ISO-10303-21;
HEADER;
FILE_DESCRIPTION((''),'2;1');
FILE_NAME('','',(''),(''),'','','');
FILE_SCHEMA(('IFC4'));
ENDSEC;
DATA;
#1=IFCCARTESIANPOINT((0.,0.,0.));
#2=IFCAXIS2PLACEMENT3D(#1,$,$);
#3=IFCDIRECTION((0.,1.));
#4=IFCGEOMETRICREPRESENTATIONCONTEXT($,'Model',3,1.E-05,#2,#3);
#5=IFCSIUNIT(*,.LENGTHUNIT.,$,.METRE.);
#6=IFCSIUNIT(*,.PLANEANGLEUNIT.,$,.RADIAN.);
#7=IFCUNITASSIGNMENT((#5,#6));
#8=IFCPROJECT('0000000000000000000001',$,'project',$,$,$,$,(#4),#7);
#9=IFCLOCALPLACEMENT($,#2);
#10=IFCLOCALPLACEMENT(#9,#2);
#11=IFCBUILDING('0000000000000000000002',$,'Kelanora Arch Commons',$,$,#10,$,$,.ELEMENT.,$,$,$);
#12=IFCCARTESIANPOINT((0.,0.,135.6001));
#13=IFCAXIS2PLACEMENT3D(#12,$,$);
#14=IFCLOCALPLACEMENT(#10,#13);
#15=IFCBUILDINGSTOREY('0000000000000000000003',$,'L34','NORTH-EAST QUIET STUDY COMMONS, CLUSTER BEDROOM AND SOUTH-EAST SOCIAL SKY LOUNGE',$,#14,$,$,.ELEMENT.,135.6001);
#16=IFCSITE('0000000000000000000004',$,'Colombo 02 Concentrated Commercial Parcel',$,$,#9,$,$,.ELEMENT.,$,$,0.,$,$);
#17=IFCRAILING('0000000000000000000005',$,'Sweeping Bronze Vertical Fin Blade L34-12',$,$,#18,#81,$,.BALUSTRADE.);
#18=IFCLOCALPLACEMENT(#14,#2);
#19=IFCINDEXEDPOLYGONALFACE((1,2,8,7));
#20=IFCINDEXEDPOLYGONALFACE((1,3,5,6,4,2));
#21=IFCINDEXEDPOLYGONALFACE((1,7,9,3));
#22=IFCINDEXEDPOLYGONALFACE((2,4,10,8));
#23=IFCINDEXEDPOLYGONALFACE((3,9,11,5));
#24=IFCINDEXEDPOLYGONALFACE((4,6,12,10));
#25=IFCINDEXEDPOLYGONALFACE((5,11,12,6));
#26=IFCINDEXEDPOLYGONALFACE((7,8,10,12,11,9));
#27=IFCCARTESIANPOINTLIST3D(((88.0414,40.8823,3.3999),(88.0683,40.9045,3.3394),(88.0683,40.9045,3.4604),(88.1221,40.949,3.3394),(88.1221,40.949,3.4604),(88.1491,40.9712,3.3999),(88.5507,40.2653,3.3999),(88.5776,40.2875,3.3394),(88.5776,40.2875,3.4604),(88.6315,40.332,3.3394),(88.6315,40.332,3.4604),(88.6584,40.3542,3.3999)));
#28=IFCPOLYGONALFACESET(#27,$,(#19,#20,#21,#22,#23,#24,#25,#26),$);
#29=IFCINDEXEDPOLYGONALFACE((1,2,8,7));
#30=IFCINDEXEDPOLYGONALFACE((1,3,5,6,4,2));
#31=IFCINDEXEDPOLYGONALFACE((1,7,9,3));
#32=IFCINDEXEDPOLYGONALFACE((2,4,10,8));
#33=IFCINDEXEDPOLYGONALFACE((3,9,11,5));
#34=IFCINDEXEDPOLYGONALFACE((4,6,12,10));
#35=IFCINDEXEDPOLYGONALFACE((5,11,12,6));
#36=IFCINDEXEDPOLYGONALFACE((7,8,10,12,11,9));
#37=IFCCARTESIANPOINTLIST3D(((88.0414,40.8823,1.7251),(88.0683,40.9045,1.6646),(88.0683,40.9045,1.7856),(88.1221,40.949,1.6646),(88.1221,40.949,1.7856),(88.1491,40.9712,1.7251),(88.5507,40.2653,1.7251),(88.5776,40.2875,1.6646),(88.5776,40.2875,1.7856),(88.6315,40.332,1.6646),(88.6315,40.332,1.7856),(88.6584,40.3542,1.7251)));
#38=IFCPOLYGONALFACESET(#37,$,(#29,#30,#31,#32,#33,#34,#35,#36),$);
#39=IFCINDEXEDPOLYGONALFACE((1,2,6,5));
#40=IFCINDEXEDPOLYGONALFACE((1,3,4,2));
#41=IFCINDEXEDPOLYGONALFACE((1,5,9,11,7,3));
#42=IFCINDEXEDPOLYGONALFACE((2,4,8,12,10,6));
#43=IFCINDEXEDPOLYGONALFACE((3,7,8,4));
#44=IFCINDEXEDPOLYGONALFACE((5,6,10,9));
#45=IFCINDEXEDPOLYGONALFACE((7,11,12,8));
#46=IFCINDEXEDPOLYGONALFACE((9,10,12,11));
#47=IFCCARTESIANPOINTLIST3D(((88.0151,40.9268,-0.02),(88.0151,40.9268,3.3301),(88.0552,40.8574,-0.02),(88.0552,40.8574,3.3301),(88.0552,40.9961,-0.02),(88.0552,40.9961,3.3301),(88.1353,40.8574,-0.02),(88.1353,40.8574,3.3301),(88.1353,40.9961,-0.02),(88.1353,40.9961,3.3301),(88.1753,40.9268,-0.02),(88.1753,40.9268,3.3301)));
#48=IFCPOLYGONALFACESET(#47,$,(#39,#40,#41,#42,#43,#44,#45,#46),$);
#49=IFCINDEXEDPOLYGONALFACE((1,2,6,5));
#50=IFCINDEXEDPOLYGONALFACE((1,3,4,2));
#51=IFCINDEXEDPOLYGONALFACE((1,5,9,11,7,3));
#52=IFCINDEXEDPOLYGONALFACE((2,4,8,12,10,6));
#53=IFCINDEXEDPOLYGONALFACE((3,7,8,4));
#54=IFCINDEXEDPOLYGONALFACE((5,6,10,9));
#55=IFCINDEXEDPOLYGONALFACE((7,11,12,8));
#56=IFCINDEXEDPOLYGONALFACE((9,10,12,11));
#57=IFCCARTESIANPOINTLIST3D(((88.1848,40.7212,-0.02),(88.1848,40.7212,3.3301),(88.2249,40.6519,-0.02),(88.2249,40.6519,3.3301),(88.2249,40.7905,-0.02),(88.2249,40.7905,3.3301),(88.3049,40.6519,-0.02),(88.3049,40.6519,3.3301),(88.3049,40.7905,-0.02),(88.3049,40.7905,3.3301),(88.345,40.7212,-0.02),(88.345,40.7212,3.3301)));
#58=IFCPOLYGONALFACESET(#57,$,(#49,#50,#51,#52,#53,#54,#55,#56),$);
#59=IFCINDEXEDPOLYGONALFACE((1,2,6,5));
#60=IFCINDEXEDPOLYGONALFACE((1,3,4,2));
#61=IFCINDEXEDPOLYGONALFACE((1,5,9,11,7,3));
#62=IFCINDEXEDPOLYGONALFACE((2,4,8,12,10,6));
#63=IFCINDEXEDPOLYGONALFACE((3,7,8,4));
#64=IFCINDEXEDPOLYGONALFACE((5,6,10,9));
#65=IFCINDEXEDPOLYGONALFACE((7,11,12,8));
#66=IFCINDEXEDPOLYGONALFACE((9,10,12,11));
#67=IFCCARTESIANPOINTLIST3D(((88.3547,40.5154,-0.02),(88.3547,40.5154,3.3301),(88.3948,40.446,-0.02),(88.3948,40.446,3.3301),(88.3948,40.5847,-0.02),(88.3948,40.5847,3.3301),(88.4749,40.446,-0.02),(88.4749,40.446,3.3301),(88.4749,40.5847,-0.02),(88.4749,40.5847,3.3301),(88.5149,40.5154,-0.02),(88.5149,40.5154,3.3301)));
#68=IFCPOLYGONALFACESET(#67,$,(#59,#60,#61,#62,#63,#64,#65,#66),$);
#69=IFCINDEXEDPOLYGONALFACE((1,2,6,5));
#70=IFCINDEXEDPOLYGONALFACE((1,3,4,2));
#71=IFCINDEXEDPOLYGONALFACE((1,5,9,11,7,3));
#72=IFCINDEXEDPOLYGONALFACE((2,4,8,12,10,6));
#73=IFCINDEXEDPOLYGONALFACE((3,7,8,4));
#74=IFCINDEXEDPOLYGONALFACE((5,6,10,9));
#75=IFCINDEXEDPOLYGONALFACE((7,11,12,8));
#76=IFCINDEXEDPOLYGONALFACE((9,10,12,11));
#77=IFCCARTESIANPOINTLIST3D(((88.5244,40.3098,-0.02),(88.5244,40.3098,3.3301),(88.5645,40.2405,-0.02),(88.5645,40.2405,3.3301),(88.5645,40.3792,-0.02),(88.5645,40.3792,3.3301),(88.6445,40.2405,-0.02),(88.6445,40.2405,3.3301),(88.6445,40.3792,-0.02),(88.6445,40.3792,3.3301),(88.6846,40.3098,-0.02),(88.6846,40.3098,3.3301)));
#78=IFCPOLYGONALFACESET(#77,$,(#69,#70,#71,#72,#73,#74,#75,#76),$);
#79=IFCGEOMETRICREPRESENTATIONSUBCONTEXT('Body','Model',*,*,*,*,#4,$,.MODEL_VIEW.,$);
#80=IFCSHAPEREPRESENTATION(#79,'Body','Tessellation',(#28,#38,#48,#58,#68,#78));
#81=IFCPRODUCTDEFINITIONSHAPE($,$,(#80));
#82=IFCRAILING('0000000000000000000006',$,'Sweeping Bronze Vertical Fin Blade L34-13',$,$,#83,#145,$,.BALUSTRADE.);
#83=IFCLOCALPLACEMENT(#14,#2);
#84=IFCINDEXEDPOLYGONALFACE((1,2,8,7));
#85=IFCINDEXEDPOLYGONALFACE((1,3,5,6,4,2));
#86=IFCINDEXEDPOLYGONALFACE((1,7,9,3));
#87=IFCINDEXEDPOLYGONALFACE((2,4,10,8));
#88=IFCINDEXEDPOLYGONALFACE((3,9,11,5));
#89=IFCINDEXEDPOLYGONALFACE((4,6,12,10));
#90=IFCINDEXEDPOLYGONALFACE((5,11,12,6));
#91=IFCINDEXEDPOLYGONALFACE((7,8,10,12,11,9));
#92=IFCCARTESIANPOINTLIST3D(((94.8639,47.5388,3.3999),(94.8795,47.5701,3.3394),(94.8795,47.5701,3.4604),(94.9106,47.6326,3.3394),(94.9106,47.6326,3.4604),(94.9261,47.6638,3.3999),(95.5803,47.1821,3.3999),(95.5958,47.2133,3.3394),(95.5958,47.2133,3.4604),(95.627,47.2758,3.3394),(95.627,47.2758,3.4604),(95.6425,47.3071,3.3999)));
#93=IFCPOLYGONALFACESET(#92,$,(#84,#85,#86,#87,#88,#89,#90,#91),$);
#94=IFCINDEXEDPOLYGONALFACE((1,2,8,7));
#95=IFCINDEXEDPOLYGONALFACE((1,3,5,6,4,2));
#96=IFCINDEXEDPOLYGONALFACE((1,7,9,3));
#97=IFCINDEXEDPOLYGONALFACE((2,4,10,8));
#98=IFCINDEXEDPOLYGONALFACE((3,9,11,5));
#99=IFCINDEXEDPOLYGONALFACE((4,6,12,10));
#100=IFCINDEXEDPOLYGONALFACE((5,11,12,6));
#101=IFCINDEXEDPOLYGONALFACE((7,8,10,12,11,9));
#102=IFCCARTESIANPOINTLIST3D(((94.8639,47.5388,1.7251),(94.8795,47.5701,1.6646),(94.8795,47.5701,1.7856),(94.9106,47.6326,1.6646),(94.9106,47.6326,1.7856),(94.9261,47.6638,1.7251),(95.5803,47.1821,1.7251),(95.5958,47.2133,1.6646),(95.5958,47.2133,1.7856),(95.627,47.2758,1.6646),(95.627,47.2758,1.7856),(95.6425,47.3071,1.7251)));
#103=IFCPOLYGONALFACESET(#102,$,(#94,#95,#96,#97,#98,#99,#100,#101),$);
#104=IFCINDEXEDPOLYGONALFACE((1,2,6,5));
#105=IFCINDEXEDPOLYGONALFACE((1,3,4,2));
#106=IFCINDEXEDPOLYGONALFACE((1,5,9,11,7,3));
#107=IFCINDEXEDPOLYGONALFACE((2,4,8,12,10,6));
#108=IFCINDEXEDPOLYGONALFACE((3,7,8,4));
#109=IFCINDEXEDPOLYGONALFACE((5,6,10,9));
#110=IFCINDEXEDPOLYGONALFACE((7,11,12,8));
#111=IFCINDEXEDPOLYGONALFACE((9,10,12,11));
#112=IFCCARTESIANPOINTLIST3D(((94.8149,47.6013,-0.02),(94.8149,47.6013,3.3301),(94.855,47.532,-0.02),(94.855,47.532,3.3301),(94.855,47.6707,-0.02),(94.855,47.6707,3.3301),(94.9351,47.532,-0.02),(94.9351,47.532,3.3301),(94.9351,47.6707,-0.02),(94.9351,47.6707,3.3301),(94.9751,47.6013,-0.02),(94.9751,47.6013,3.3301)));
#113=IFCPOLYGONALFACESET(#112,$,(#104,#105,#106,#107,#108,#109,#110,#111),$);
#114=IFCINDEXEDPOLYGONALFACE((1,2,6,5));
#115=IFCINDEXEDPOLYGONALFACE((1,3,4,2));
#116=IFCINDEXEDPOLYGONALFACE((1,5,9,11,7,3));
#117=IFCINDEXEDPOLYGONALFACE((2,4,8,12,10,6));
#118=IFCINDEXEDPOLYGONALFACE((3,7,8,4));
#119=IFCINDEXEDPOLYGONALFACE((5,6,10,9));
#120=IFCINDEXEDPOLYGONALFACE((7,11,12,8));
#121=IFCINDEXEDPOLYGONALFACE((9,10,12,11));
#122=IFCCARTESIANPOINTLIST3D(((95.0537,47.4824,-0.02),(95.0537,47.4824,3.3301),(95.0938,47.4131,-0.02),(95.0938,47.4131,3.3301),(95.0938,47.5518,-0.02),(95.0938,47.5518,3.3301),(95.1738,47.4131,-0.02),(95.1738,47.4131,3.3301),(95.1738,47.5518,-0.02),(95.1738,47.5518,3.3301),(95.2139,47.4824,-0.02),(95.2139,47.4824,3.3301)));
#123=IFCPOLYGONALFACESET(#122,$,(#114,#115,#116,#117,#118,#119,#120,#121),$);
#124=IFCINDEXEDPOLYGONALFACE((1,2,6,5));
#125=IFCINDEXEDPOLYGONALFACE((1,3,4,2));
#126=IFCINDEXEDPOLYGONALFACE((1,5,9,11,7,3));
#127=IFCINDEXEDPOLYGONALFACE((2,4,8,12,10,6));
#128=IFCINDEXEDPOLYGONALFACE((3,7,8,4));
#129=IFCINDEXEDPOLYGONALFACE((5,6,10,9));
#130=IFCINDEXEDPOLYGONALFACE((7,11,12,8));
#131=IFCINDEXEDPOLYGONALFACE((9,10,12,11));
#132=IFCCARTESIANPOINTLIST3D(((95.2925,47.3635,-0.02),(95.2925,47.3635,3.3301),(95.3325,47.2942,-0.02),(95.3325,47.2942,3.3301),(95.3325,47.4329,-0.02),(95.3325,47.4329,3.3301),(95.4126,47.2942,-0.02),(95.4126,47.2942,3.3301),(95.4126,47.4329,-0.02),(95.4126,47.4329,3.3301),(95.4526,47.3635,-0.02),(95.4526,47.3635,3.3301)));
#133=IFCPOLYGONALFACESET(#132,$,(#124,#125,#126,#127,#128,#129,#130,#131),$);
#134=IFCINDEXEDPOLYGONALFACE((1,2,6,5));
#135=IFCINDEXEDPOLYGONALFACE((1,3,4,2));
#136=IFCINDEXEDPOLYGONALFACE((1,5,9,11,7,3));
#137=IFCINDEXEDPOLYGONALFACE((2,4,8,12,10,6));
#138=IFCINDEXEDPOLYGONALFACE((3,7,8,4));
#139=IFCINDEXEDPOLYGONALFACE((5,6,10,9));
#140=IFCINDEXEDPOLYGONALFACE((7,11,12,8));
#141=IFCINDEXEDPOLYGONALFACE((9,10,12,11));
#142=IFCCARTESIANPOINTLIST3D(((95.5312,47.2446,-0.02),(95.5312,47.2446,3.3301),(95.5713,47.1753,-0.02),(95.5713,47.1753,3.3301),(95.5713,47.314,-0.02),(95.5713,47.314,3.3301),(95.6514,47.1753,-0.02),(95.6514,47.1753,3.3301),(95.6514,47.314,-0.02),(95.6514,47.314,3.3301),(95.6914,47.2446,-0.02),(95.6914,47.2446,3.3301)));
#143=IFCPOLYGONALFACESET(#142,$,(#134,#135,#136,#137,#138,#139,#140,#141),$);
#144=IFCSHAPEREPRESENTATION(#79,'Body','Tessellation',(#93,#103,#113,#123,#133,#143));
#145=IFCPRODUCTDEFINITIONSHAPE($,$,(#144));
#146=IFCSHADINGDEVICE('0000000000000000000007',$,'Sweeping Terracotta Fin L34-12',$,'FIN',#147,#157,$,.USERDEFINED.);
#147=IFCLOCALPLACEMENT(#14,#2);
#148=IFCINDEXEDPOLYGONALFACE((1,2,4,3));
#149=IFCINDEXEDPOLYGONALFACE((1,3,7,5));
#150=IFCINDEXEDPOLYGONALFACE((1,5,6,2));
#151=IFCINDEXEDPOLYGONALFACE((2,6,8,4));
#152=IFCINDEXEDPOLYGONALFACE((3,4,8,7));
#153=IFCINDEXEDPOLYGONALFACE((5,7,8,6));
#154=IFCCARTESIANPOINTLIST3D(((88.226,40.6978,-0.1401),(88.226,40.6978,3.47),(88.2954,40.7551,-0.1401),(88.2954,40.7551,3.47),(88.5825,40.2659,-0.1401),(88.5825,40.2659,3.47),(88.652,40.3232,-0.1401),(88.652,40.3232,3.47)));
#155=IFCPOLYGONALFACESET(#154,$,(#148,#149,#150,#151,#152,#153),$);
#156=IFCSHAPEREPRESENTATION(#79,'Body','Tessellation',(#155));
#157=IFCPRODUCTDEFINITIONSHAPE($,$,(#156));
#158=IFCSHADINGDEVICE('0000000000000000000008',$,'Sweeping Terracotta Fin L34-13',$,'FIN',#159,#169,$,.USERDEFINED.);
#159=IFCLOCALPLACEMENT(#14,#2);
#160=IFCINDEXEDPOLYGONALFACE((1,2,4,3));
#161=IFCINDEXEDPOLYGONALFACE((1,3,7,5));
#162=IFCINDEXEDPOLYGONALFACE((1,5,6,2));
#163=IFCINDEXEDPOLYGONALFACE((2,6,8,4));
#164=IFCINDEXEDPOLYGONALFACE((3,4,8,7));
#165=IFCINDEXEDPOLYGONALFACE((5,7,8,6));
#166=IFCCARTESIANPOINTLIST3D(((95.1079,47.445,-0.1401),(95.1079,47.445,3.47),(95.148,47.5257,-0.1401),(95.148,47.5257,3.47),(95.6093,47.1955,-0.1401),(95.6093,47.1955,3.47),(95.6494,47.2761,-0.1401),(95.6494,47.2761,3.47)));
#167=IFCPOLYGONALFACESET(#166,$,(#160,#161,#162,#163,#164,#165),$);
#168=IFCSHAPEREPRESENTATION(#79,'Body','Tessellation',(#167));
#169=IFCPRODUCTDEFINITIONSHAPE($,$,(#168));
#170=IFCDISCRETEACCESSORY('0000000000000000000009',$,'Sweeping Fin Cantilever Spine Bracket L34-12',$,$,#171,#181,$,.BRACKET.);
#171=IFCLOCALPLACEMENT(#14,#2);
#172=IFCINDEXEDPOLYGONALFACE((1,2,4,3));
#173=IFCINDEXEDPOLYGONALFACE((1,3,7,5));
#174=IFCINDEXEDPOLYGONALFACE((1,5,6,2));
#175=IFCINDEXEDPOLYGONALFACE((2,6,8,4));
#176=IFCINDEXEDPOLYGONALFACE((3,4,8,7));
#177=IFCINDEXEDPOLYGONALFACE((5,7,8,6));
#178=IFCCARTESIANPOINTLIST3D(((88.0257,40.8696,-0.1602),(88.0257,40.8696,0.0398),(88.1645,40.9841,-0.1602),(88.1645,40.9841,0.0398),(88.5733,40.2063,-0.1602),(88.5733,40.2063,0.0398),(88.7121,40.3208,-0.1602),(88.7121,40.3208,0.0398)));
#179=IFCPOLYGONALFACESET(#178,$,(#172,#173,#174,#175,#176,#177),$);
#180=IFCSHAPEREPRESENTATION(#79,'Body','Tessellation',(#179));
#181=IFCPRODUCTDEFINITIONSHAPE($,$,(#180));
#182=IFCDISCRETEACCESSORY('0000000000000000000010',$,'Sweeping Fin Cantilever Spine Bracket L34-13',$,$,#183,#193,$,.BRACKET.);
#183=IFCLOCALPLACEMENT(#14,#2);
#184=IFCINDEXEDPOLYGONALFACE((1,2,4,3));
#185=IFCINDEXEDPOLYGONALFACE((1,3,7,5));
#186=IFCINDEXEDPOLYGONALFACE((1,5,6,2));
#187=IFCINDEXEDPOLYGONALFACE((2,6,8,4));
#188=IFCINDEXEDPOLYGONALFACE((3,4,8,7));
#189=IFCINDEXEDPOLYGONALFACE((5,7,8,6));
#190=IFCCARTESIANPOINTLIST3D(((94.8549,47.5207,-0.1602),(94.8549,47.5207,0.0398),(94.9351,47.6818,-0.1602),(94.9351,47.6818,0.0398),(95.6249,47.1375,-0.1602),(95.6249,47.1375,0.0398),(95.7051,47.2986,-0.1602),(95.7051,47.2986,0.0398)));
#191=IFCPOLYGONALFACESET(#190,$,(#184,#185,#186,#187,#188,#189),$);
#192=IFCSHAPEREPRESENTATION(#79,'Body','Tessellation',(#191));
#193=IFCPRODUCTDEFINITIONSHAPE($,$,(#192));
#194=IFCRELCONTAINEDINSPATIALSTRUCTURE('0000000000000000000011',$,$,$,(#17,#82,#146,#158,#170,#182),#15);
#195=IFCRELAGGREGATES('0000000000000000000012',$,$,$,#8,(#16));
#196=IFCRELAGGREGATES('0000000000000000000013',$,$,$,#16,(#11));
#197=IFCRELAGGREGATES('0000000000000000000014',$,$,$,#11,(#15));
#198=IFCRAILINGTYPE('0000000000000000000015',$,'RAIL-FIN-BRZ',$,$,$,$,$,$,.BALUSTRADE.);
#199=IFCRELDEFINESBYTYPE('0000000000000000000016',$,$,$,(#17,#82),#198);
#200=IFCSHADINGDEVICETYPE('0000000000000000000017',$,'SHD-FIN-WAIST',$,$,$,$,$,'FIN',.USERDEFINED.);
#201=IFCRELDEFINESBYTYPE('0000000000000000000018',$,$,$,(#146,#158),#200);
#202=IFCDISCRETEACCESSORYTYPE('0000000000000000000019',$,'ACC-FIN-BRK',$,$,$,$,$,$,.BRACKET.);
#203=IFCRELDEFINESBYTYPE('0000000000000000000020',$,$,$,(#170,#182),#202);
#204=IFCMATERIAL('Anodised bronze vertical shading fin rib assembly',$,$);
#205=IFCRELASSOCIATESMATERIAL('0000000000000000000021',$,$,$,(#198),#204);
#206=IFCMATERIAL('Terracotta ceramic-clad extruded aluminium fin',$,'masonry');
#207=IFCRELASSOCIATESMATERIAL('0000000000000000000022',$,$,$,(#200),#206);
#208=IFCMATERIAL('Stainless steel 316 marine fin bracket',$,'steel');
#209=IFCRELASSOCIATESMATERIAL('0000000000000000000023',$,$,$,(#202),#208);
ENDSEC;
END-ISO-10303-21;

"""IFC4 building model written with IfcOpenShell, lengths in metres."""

from ifc_helpers import new_model, si_unit, direction, frame, origin, origin_2d, place, context, subcontext, project, spatial, polyline, rectangle, outline, extrude, source, transform, mapped, material, type_object, element, save


model = new_model("IFC4")

# Units and contexts
model_context = context("Model", 3, precision=1e-05, world=origin(), true_north=direction((0.0, 1.0)))
body_context = subcontext(model_context, "Body", "Model", "MODEL_VIEW")
ifc_project = project(units=[si_unit("LENGTHUNIT", "METRE"), si_unit("PLANEANGLEUNIT", "RADIAN")], contexts=[model_context])

# Site, building, storey
site_placement = place(None, origin())
site = spatial("IfcSite", under=ifc_project, at=site_placement, Name="Colombo 02 Concentrated Commercial Parcel", CompositionType="ELEMENT", RefElevation=0.0)
building_placement = place(site_placement, origin())
building = spatial("IfcBuilding", under=site, at=building_placement, Name="Kelanora Arch Commons", CompositionType="ELEMENT")
storey_placement = place(building_placement, frame((0.0, 0.0, 135.6001)))
storey = spatial("IfcBuildingStorey", under=building, at=storey_placement, Name="L34", Description="NORTH-EAST QUIET STUDY COMMONS, CLUSTER BEDROOM AND SOUTH-EAST SOCIAL SKY LOUNGE", CompositionType="ELEMENT", Elevation=135.6001)

# Railings
ifc_material_1 = material(Name="Anodised bronze vertical shading fin rib assembly")
railing_type = type_object("IfcRailingType", Name="RAIL-FIN-BRZ", PredefinedType="BALUSTRADE", material=ifc_material_1)
railing_1_placement = place(storey_placement, frame((88.0952, 40.9268, -0.02)))
element("IfcRailing", 1, at=railing_1_placement, inside=storey, type_object=railing_type, Name="Sweeping Bronze Vertical Fin Blade L34-12", PredefinedType="BALUSTRADE", context=body_context, shape_type="SweptSolid", body=[
    extrude(outline(polyline([(0.0698, 0.0), (0.0349, 0.0605), (-0.0349, 0.0605), (-0.0698, 0.0), (-0.0349, -0.0605), (0.0349, -0.0605), (0.0698, 0.0)])), frame((0.0, 0.0, 3.4199), z_axis=(0.636605, -0.77119, 0.0), x_axis=(0.77119, 0.636605, 0.0)), (0.0, 0.0, 1.0), 0.8),
    extrude(outline(polyline([(0.0698, 0.0), (0.0349, 0.0605), (-0.0349, 0.0605), (-0.0698, 0.0), (-0.0349, -0.0605), (0.0349, -0.0605), (0.0698, 0.0)])), frame((0.0, 0.0, 1.7451), z_axis=(0.636605, -0.77119, 0.0), x_axis=(0.77119, 0.636605, 0.0)), (0.0, 0.0, 1.0), 0.8),
    extrude(outline(polyline([(0.0801, 0.0), (0.04, 0.0693), (-0.04, 0.0693), (-0.0801, 0.0), (-0.04, -0.0693), (0.04, -0.0693), (0.0801, 0.0)])), origin(), (0.0, 0.0, 1.0), 3.3501),
    extrude(outline(polyline([(0.0801, 0.0), (0.04, 0.0693), (-0.04, 0.0693), (-0.0801, 0.0), (-0.04, -0.0693), (0.04, -0.0693), (0.0801, 0.0)])), frame((0.1697, -0.2056, 0.0)), (0.0, 0.0, 1.0), 3.3501),
    extrude(outline(polyline([(0.0801, 0.0), (0.04, 0.0693), (-0.04, 0.0693), (-0.0801, 0.0), (-0.04, -0.0693), (0.04, -0.0693), (0.0801, 0.0)])), frame((0.3396, -0.4114, 0.0)), (0.0, 0.0, 1.0), 3.3501),
    extrude(outline(polyline([(0.0801, 0.0), (0.04, 0.0693), (-0.04, 0.0693), (-0.0801, 0.0), (-0.04, -0.0693), (0.04, -0.0693), (0.0801, 0.0)])), frame((0.5093, -0.6169, 0.0)), (0.0, 0.0, 1.0), 3.3501),
])
railing_2_placement = place(storey_placement, frame((94.895, 47.6013, -0.02)))
element("IfcRailing", 2, at=railing_2_placement, inside=storey, type_object=railing_type, Name="Sweeping Bronze Vertical Fin Blade L34-13", PredefinedType="BALUSTRADE", context=body_context, shape_type="SweptSolid", body=[
    extrude(outline(polyline([(0.0698, 0.0), (0.0349, 0.0605), (-0.0349, 0.0605), (-0.0698, 0.0), (-0.0349, -0.0605), (0.0349, -0.0605), (0.0698, 0.0)])), frame((0.0, 0.0, 3.4199), z_axis=(0.895158, -0.445749, 0.0), x_axis=(0.445749, 0.895158, 0.0)), (0.0, 0.0, 1.0), 0.8003),
    extrude(outline(polyline([(0.0698, 0.0), (0.0349, 0.0605), (-0.0349, 0.0605), (-0.0698, 0.0), (-0.0349, -0.0605), (0.0349, -0.0605), (0.0698, 0.0)])), frame((0.0, 0.0, 1.7451), z_axis=(0.895158, -0.445749, 0.0), x_axis=(0.445749, 0.895158, 0.0)), (0.0, 0.0, 1.0), 0.8003),
    extrude(outline(polyline([(0.0801, 0.0), (0.04, 0.0693), (-0.04, 0.0693), (-0.0801, 0.0), (-0.04, -0.0693), (0.04, -0.0693), (0.0801, 0.0)])), origin(), (0.0, 0.0, 1.0), 3.3501),
    extrude(outline(polyline([(0.0801, 0.0), (0.04, 0.0693), (-0.04, 0.0693), (-0.0801, 0.0), (-0.04, -0.0693), (0.04, -0.0693), (0.0801, 0.0)])), frame((0.2388, -0.1189, 0.0)), (0.0, 0.0, 1.0), 3.3501),
    extrude(outline(polyline([(0.0801, 0.0), (0.04, 0.0693), (-0.04, 0.0693), (-0.0801, 0.0), (-0.04, -0.0693), (0.04, -0.0693), (0.0801, 0.0)])), frame((0.4775, -0.2378, 0.0)), (0.0, 0.0, 1.0), 3.3501),
    extrude(outline(polyline([(0.0801, 0.0), (0.04, 0.0693), (-0.04, 0.0693), (-0.0801, 0.0), (-0.04, -0.0693), (0.04, -0.0693), (0.0801, 0.0)])), frame((0.7163, -0.3567, 0.0)), (0.0, 0.0, 1.0), 3.3501),
])

# Shading devices
ifc_material_2 = material(Name="Terracotta ceramic-clad extruded aluminium fin", Category="masonry")
shading_device_type = type_object("IfcShadingDeviceType", Name="SHD-FIN-WAIST", ElementType="FIN", PredefinedType="USERDEFINED", material=ifc_material_2)
shared_shape_1 = source(origin(), body_context, "Body", "SweptSolid", [
    extrude(rectangle(XDim=0.5601, YDim=0.0901, at=origin_2d()), origin(), (0.0, 0.0, 1.0), 3.6101),
])
for number, where, z_axis, x_axis, name in (
    (3, (88.439, 40.5105, -0.1401), (0.0, 0.0, 1.0), (0.636617, -0.77118, 0.0), "Sweeping Terracotta Fin L34-12"),
    (4, (95.3787, 47.3606, -0.1401), (0.0, 0.0, 1.0), (0.895246, -0.445573, 0.0), "Sweeping Terracotta Fin L34-13"),
):
    element("IfcShadingDevice", number, at=place(storey_placement, frame(where, z_axis=z_axis, x_axis=x_axis)), inside=storey, type_object=shading_device_type, Name=name, ObjectType="FIN", PredefinedType="USERDEFINED", context=body_context, shape_type="MappedRepresentation", body=[
        mapped(shared_shape_1, transform((0.0, 0.0, 0.0), scale=1.0)),
    ])

# Discrete accessories
ifc_material_3 = material(Name="Stainless steel 316 marine fin bracket", Category="steel")
discrete_accessory_type = type_object("IfcDiscreteAccessoryType", Name="ACC-FIN-BRK", PredefinedType="BRACKET", material=ifc_material_3)
shared_shape_2 = source(origin(), body_context, "Body", "SweptSolid", [
    extrude(rectangle(XDim=0.8601, YDim=0.1799, at=origin_2d()), origin(), (0.0, 0.0, 1.0), 0.2),
])
for number, where, z_axis, x_axis, name in (
    (5, (88.3689, 40.5952, -0.1602), (0.0, 0.0, 1.0), (0.636617, -0.77118, 0.0), "Sweeping Fin Cantilever Spine Bracket L34-12"),
    (6, (95.28, 47.4097, -0.1602), (0.0, 0.0, 1.0), (0.895246, -0.445573, 0.0), "Sweeping Fin Cantilever Spine Bracket L34-13"),
):
    element("IfcDiscreteAccessory", number, at=place(storey_placement, frame(where, z_axis=z_axis, x_axis=x_axis)), inside=storey, type_object=discrete_accessory_type, Name=name, PredefinedType="BRACKET", context=body_context, shape_type="MappedRepresentation", body=[
        mapped(shared_shape_2, transform((0.0, 0.0, 0.0), scale=1.0)),
    ])

save(model, "model.ifc")
